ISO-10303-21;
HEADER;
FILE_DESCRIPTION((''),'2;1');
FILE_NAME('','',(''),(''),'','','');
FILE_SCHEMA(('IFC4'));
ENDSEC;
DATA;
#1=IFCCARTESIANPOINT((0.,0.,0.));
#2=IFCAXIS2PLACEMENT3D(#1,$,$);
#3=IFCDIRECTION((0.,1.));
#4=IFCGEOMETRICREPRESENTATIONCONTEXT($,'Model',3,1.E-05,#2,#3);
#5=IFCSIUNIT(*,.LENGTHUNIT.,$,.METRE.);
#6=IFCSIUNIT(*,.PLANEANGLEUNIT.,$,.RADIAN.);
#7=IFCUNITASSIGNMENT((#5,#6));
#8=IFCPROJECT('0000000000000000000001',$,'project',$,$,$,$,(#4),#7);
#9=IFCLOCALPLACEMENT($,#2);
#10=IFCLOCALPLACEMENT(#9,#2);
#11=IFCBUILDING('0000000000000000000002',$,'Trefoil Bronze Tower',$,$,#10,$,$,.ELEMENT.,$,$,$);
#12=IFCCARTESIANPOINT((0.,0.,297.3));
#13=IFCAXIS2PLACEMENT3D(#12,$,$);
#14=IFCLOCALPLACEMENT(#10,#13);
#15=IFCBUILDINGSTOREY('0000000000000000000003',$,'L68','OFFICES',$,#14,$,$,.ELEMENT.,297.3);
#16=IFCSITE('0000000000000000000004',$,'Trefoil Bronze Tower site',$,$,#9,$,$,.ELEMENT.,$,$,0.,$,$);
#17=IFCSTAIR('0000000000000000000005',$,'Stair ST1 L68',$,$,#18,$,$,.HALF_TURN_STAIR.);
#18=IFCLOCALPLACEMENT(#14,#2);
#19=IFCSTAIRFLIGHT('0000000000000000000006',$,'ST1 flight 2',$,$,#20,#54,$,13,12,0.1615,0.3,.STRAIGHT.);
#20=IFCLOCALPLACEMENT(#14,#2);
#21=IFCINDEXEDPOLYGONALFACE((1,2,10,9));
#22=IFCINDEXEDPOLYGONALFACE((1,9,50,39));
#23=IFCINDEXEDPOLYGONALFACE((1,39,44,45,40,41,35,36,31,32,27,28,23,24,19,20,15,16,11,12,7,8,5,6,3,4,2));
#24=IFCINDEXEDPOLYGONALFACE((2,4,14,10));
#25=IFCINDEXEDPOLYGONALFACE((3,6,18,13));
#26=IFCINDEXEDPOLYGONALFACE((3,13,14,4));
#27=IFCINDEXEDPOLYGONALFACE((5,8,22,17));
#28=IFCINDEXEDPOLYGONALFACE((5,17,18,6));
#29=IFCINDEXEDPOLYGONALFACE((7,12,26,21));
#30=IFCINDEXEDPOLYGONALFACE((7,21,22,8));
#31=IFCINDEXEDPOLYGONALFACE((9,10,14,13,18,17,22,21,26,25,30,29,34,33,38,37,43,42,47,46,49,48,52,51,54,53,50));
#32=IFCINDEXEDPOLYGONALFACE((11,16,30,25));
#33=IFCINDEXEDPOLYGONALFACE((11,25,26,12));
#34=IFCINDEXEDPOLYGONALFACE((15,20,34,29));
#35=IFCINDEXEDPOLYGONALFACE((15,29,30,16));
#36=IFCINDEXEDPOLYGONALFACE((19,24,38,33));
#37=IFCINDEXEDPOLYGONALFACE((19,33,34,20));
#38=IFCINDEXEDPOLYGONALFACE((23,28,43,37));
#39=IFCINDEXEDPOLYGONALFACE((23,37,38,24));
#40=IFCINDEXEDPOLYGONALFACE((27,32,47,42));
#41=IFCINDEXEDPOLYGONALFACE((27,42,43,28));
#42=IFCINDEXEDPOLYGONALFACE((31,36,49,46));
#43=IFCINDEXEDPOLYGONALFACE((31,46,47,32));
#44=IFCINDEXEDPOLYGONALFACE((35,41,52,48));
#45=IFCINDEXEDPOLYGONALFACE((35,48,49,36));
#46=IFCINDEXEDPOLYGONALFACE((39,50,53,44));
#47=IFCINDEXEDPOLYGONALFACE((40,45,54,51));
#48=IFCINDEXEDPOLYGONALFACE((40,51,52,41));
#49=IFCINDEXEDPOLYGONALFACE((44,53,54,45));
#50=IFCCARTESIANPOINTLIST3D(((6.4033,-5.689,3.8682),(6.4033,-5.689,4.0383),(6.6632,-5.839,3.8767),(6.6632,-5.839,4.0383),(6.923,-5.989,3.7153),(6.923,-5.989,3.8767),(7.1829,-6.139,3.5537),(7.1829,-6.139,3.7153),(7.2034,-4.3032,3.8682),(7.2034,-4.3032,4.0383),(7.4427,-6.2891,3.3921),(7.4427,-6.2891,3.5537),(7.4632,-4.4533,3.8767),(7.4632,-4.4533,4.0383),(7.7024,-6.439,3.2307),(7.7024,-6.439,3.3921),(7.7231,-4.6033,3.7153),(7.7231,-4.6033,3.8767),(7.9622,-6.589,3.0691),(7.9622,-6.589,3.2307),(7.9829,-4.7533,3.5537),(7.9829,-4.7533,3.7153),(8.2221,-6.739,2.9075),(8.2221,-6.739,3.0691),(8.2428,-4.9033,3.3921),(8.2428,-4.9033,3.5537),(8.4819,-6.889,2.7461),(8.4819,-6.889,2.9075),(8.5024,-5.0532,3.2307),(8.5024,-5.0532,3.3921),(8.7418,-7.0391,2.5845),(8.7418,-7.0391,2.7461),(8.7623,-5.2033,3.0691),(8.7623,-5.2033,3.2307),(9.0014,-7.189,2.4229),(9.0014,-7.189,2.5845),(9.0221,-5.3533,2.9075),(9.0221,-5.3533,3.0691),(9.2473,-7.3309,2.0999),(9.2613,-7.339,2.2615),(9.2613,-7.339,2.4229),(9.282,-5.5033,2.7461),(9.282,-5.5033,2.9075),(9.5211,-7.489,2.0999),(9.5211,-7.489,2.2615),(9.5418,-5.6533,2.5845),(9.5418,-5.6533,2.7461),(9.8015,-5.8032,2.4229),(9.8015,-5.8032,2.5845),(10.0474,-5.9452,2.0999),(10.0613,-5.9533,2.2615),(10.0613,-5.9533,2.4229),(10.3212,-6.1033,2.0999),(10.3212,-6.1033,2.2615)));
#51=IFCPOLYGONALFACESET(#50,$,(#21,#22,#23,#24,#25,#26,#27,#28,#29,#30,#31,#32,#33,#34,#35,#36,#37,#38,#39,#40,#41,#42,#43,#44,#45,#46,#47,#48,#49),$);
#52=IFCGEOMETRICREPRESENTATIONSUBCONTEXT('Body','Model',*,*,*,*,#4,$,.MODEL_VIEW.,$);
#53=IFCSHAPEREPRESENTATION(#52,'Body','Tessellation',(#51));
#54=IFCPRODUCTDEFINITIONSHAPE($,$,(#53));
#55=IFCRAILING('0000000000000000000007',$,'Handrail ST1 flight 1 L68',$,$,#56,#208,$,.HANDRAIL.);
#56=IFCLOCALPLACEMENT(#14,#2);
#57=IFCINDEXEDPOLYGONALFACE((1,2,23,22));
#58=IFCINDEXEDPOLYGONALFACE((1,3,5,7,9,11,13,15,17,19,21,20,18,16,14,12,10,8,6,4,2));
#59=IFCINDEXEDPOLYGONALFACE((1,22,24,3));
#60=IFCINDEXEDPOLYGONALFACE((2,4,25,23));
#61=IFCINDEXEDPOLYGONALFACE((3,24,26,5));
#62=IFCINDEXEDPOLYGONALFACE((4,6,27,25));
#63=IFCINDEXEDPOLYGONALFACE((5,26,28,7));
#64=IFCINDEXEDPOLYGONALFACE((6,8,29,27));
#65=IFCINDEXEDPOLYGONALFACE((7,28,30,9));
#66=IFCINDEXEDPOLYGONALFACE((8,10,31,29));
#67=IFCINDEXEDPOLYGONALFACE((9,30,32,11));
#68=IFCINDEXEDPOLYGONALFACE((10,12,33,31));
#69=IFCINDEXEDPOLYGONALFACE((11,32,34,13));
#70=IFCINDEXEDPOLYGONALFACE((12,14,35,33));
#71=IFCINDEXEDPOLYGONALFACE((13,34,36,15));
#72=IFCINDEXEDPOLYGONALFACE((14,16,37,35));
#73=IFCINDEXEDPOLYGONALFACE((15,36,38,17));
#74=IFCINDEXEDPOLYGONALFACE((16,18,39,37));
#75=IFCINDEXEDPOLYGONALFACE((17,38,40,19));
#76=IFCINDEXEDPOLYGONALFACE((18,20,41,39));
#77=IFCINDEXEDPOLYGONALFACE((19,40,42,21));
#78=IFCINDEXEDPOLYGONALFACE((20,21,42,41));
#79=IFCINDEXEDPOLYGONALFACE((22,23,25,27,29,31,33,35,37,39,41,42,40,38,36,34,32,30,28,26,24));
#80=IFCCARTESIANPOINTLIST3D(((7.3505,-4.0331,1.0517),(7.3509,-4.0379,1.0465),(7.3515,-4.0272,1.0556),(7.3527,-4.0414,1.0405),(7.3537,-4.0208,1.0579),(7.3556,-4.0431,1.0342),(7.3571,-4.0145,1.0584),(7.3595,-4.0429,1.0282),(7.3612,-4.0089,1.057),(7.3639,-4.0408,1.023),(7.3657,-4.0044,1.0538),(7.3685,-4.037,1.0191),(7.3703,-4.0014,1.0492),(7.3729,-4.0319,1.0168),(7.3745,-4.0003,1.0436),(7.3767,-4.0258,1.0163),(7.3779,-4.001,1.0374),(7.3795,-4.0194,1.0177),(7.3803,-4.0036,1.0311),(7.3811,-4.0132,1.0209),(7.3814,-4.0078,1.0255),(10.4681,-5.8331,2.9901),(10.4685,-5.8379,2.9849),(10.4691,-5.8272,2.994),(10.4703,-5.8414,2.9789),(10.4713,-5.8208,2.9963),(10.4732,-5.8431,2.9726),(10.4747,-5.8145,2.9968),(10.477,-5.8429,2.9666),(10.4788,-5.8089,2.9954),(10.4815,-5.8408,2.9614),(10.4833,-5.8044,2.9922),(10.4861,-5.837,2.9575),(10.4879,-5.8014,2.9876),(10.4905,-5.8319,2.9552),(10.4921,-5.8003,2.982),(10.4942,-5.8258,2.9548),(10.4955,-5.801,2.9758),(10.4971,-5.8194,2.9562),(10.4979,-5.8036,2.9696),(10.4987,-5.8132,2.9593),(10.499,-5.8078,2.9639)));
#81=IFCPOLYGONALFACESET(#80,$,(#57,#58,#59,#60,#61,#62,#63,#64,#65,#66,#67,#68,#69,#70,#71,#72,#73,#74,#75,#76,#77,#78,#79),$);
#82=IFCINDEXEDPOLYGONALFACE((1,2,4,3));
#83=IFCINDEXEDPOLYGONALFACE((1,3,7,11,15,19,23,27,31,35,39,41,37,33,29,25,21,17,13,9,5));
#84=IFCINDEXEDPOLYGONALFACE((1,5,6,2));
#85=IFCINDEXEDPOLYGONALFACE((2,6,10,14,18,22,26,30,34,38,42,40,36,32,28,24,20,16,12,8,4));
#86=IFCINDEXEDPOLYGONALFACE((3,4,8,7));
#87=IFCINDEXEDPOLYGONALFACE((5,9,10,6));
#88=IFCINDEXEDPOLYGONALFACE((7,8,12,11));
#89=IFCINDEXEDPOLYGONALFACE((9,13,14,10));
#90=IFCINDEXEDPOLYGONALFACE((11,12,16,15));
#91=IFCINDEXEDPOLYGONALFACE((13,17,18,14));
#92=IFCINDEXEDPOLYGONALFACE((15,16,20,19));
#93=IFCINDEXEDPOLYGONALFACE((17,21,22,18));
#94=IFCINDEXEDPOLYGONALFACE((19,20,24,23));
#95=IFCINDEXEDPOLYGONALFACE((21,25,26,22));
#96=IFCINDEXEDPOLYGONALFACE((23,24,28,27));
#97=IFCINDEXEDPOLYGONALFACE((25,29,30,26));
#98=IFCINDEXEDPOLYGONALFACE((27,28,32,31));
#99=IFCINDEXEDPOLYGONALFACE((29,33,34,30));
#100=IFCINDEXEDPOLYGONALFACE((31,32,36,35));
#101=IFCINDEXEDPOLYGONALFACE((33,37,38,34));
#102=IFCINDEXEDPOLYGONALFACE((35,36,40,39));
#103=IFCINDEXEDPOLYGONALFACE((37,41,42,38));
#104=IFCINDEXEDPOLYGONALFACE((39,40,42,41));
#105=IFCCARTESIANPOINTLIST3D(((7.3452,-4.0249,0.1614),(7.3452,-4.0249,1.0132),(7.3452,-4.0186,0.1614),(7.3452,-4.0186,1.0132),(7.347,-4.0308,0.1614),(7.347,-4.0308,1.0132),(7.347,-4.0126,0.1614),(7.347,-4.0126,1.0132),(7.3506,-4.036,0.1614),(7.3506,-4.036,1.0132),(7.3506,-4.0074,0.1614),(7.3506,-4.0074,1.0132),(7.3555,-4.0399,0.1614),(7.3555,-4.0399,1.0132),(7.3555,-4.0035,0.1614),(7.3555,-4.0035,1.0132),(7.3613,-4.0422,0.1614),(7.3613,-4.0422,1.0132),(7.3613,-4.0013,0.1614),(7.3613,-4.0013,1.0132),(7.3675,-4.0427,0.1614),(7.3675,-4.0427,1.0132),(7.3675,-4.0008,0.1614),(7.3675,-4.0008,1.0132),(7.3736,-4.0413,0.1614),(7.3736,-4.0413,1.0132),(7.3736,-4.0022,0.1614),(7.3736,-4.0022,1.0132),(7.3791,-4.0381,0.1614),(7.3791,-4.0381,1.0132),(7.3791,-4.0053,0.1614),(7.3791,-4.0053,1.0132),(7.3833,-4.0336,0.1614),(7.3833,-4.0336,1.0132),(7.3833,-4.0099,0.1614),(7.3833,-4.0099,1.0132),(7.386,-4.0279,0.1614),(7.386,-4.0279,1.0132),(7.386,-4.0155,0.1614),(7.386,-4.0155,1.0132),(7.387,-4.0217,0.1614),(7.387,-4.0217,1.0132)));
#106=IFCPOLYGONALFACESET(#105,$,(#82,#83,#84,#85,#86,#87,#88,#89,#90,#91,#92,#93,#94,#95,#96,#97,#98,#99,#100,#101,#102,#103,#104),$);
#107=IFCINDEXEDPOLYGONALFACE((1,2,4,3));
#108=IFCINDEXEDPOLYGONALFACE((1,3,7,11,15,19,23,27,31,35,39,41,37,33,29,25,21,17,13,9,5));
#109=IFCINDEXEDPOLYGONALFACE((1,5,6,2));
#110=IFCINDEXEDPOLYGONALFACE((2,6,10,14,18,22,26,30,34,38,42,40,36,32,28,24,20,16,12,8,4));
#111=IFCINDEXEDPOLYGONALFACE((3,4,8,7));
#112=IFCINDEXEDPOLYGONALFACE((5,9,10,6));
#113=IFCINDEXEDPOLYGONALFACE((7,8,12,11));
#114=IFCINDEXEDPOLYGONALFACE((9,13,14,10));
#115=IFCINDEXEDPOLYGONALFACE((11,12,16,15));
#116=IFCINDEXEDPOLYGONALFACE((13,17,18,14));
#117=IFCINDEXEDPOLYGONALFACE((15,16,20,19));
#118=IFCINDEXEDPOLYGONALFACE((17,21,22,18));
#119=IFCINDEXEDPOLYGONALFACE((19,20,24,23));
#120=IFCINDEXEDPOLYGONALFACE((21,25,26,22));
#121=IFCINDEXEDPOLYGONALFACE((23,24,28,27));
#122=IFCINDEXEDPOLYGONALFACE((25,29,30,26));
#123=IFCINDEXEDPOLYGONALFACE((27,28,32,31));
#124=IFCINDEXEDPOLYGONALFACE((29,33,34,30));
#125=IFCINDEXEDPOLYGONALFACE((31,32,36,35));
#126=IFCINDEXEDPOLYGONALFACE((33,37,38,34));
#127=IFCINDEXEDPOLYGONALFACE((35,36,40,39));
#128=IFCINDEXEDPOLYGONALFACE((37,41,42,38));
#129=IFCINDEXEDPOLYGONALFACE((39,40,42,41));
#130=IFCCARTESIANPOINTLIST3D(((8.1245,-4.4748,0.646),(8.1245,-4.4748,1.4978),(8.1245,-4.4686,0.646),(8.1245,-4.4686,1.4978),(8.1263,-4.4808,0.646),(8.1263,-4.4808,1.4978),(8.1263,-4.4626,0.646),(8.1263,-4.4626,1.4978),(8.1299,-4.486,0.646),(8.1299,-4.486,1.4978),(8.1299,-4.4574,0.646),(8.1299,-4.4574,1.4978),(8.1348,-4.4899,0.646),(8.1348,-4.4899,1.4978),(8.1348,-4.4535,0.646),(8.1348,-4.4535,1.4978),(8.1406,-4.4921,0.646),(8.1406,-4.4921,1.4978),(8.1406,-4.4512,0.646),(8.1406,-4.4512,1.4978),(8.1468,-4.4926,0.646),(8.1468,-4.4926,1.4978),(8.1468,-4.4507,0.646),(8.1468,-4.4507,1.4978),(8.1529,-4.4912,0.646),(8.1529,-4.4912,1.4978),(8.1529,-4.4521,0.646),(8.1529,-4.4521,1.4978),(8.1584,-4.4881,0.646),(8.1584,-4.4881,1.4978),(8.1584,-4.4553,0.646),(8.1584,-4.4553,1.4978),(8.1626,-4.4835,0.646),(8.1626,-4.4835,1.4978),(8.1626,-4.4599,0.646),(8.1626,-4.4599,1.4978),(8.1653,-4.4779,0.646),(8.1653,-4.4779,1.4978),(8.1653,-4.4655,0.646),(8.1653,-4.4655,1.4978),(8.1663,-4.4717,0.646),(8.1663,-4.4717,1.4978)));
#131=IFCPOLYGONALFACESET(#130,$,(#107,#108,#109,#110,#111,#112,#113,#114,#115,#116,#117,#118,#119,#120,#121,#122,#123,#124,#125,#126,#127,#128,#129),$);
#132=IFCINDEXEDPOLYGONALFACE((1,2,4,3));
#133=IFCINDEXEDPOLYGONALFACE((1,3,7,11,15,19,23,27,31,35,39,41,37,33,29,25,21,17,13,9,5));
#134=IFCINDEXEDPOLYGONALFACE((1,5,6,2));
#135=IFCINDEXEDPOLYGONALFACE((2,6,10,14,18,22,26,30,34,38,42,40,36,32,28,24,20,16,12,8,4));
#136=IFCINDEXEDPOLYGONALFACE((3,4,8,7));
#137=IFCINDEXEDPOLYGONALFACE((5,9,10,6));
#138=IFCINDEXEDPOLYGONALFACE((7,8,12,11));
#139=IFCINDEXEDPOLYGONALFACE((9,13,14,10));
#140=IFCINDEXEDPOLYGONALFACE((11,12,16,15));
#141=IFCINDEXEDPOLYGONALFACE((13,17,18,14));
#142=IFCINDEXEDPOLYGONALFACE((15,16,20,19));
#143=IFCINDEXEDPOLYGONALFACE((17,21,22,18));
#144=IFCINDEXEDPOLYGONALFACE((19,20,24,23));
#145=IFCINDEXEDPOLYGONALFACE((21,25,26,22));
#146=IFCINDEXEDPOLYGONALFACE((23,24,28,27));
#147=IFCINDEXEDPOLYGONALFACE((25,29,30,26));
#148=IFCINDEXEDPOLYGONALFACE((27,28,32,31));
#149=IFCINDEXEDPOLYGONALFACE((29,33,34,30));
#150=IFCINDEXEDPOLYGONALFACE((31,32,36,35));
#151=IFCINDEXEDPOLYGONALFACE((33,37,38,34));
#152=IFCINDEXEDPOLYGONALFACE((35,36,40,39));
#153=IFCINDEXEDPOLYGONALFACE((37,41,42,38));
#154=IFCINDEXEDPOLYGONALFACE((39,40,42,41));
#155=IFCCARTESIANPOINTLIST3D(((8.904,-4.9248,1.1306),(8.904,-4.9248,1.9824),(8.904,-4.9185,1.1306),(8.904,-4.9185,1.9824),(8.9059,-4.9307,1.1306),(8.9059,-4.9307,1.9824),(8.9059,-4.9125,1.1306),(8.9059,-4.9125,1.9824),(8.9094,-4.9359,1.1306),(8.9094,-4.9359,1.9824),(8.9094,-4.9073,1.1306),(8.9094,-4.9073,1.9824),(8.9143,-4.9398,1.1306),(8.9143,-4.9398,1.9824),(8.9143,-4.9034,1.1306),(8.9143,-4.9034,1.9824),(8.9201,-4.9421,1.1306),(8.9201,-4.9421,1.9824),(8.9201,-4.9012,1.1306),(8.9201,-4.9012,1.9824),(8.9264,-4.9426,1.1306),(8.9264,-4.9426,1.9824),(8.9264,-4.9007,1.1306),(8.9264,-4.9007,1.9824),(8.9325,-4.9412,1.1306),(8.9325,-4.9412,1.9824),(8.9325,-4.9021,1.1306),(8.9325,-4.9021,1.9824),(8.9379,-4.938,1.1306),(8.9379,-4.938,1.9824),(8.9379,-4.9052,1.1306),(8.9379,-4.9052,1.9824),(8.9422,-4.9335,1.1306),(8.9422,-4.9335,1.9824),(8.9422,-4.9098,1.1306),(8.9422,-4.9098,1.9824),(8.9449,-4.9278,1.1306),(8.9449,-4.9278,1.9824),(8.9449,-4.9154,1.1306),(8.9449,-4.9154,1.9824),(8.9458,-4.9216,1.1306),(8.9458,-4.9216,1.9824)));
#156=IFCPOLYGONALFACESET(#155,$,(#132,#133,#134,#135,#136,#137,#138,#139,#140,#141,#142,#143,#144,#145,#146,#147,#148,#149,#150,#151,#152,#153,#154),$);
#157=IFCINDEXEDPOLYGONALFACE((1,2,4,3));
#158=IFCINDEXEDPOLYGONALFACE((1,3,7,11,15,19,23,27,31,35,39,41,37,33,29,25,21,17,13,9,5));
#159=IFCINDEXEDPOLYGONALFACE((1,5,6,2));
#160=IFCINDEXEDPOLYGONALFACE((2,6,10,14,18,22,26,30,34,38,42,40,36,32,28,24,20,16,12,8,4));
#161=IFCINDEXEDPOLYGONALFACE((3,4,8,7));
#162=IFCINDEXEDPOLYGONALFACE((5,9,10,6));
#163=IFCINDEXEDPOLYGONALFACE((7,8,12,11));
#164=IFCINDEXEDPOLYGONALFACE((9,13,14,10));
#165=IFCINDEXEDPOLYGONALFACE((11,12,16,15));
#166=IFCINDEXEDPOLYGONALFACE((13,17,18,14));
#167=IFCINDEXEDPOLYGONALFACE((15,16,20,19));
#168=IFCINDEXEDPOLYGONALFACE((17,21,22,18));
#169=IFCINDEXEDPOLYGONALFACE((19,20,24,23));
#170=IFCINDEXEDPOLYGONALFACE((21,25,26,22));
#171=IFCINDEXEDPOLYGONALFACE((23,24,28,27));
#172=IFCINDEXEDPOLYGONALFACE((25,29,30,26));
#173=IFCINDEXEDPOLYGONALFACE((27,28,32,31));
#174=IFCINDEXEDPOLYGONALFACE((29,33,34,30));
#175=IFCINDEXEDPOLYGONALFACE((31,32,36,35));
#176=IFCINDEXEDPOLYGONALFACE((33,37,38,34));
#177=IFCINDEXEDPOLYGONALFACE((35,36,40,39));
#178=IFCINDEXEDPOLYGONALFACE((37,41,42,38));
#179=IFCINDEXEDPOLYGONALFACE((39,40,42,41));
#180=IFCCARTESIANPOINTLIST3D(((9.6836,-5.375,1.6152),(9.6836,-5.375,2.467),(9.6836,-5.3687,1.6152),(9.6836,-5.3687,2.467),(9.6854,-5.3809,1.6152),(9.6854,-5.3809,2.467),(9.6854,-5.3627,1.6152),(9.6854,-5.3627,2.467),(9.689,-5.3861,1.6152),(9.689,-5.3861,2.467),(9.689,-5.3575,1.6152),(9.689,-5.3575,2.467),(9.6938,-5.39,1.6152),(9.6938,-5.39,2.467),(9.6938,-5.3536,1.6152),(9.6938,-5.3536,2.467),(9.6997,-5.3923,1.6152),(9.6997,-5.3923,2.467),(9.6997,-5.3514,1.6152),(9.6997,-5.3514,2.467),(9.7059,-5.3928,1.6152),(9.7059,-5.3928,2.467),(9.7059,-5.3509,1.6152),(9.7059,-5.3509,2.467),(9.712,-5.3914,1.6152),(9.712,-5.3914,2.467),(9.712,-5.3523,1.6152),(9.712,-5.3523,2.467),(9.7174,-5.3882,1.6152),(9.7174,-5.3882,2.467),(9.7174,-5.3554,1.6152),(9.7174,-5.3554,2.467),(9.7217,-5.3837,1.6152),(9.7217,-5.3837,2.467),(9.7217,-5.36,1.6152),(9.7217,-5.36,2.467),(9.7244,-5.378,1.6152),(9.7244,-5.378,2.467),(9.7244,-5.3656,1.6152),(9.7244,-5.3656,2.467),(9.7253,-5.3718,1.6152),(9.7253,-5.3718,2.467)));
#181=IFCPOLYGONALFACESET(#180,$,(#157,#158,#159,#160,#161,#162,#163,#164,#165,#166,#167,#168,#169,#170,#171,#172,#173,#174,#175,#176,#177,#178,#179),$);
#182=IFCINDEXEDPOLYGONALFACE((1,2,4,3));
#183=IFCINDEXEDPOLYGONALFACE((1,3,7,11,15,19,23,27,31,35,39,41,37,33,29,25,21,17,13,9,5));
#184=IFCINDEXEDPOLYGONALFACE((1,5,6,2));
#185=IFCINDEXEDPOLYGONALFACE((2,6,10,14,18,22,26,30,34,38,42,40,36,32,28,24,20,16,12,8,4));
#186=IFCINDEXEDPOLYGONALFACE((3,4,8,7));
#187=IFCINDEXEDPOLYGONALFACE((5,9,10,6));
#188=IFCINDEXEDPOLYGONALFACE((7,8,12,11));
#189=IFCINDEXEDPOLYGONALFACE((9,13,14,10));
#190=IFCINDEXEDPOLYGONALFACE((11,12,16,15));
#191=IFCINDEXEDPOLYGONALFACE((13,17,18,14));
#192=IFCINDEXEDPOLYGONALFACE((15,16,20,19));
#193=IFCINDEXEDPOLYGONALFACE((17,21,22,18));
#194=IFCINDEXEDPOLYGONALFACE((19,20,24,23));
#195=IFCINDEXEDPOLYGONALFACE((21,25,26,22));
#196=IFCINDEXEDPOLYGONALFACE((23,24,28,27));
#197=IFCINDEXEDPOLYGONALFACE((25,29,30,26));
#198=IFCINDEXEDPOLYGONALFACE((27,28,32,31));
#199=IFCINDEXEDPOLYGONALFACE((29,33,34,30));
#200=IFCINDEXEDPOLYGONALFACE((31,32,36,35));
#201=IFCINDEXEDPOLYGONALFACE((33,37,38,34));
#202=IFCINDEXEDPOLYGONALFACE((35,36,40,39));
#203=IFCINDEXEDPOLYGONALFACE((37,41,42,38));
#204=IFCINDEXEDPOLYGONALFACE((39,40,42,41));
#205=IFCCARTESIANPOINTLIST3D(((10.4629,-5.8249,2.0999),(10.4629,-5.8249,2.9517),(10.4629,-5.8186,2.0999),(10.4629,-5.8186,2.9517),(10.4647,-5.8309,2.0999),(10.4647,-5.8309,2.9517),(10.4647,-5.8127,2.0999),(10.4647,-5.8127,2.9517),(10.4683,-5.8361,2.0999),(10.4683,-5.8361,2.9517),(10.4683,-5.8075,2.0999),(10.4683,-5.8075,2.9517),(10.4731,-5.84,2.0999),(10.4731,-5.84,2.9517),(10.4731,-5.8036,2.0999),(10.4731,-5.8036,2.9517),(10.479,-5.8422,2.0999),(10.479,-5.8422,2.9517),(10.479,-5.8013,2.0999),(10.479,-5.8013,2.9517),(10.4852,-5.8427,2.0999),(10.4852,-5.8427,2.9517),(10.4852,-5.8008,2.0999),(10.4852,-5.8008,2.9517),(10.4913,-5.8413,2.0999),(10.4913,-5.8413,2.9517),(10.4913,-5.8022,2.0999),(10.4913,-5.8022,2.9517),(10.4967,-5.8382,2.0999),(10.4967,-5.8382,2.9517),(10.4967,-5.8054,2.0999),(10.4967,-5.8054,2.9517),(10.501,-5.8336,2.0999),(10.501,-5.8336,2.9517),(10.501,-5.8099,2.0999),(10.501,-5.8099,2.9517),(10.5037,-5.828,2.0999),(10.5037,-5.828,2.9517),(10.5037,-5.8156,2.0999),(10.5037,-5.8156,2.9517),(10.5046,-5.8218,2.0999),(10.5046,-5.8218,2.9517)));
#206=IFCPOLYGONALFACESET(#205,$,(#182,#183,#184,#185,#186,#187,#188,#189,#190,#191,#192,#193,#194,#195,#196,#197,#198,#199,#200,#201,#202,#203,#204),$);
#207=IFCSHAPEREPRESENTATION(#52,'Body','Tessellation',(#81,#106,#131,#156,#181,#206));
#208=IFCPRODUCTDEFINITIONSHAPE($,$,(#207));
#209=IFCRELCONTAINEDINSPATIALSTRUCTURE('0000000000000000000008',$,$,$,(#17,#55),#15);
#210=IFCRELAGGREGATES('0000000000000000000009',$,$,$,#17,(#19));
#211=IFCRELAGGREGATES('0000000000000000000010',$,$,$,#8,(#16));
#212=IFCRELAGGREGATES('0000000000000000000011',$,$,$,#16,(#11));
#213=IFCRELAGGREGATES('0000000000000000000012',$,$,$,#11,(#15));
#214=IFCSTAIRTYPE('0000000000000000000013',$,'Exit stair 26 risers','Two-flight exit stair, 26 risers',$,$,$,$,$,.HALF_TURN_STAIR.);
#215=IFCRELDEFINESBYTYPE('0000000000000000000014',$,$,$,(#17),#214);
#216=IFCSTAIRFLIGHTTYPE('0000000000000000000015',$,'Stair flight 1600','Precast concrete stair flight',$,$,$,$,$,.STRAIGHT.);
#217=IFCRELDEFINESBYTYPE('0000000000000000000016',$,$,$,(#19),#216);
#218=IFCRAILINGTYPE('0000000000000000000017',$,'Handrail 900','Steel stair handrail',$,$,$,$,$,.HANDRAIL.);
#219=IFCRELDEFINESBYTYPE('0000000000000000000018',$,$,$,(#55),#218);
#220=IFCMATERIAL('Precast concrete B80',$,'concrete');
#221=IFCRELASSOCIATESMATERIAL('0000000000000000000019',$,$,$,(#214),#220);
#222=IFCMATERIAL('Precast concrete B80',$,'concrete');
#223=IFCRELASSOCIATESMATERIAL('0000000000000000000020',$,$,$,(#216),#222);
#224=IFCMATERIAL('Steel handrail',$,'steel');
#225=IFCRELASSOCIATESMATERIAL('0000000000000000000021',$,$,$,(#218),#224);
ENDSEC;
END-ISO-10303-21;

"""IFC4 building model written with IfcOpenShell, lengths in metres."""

from ifc_helpers import new_model, si_unit, direction, frame, origin, origin_2d, place, context, subcontext, project, spatial, polyline, circle, outline, extrude, material, type_object, element, aggregate, save


model = new_model("IFC4")

# Units and contexts
model_context = context("Model", 3, precision=1e-05, world=origin(), true_north=direction((0.0, 1.0)))
body_context = subcontext(model_context, "Body", "Model", "MODEL_VIEW")
ifc_project = project(units=[si_unit("LENGTHUNIT", "METRE"), si_unit("PLANEANGLEUNIT", "RADIAN")], contexts=[model_context])

# Site, building, storey
site_placement = place(None, origin())
site = spatial("IfcSite", under=ifc_project, at=site_placement, Name="Trefoil Bronze Tower site", CompositionType="ELEMENT", RefElevation=0.0)
building_placement = place(site_placement, origin())
building = spatial("IfcBuilding", under=site, at=building_placement, Name="Trefoil Bronze Tower", CompositionType="ELEMENT")
storey_placement = place(building_placement, frame((0.0, 0.0, 297.3)))
storey = spatial("IfcBuildingStorey", under=building, at=storey_placement, Name="L68", Description="OFFICES", CompositionType="ELEMENT", Elevation=297.3)

# Shared definitions
ifc_material_1 = material(Name="Precast concrete B80", Category="concrete")
stair_type = type_object("IfcStairType", Name="Exit stair 26 risers", Description="Two-flight exit stair, 26 risers", PredefinedType="HALF_TURN_STAIR", material=ifc_material_1)

# Stair, stair flight
stair_1_placement = place(storey_placement, origin())
stair_1 = element("IfcStair", 1, at=stair_1_placement, inside=storey, type_object=stair_type, Name="Stair ST1 L68", PredefinedType="HALF_TURN_STAIR")
ifc_material_2 = material(Name="Precast concrete B80", Category="concrete")
stair_flight_type = type_object("IfcStairFlightType", Name="Stair flight 1600", Description="Precast concrete stair flight", PredefinedType="STRAIGHT", material=ifc_material_2)
stair_flight_1_placement = place(storey_placement, frame((9.9211, -6.7961, 2.0999), z_axis=(0.0, 0.0, 1.0), x_axis=(-0.866025, 0.5, 0.0)))
stair_flight_1 = element("IfcStairFlight", 2, at=stair_flight_1_placement, type_object=stair_flight_type, Name="ST1 flight 2", NumberOfRisers=13, NumberOfTreads=12, PredefinedType="STRAIGHT", RiserHeight=0.1615, TreadLength=0.3, context=body_context, shape_type="SweptSolid", body=[
    extrude(outline(polyline([(0.0, 0.0), (0.0, 0.1616), (0.3, 0.1616), (0.3, 0.323), (0.6001, 0.323), (0.6001, 0.4846), (0.8999, 0.4846), (0.8999, 0.6462), (1.2, 0.6462), (1.2, 0.8076), (1.5, 0.8076), (1.5, 0.9692), (1.8, 0.9692), (1.8, 1.1309), (2.1001, 1.1309), (2.1001, 1.2922), (2.3999, 1.2922), (2.3999, 1.4539), (2.7, 1.4539), (2.7, 1.6155), (3.0, 1.6155), (3.0, 1.7769), (3.3, 1.7769), (3.3, 1.9385), (3.6001, 1.9385), (3.6001, 2.1001), (3.6001, 1.7683), (0.3162, 0.0), (0.0, 0.0)])), frame((0.0, 0.8, 0.0), z_axis=(0.0, -1.0, 0.0), x_axis=(1.0, 0.0, 0.0)), (0.0, 0.0, 1.0), 1.6001),
])
aggregate(stair_1, [stair_flight_1])

# Railing
ifc_material_3 = material(Name="Steel handrail", Category="steel")
railing_type = type_object("IfcRailingType", Name="Handrail 900", Description="Steel stair handrail", PredefinedType="HANDRAIL", material=ifc_material_3)
railing_1_placement = place(storey_placement, frame((7.366, -4.0217, 0.1614)))
element("IfcRailing", 3, at=railing_1_placement, inside=storey, type_object=railing_type, Name="Handrail ST1 flight 1 L68", PredefinedType="HANDRAIL", context=body_context, shape_type="SweptSolid", body=[
    extrude(circle(Radius=0.0239, at=origin_2d()), frame((0.0, 0.0, 0.876), z_axis=(0.762503, -0.440246, 0.474102), x_axis=(0.500012, 0.866018, 0.0)), (0.0, 0.0, 1.0), 4.0886),
    extrude(circle(Radius=0.021, at=origin_2d()), origin(), (0.0, 0.0, 1.0), 0.8518),
    extrude(circle(Radius=0.021, at=origin_2d()), frame((0.7793, -0.45, 0.4846)), (0.0, 0.0, 1.0), 0.8518),
    extrude(circle(Radius=0.021, at=origin_2d()), frame((1.5588, -0.8999, 0.9692)), (0.0, 0.0, 1.0), 0.8518),
    extrude(circle(Radius=0.021, at=origin_2d()), frame((2.3384, -1.3501, 1.4539)), (0.0, 0.0, 1.0), 0.8518),
    extrude(circle(Radius=0.021, at=origin_2d()), frame((3.1177, -1.8, 1.9385)), (0.0, 0.0, 1.0), 0.8518),
])

save(model, "model.ifc")
